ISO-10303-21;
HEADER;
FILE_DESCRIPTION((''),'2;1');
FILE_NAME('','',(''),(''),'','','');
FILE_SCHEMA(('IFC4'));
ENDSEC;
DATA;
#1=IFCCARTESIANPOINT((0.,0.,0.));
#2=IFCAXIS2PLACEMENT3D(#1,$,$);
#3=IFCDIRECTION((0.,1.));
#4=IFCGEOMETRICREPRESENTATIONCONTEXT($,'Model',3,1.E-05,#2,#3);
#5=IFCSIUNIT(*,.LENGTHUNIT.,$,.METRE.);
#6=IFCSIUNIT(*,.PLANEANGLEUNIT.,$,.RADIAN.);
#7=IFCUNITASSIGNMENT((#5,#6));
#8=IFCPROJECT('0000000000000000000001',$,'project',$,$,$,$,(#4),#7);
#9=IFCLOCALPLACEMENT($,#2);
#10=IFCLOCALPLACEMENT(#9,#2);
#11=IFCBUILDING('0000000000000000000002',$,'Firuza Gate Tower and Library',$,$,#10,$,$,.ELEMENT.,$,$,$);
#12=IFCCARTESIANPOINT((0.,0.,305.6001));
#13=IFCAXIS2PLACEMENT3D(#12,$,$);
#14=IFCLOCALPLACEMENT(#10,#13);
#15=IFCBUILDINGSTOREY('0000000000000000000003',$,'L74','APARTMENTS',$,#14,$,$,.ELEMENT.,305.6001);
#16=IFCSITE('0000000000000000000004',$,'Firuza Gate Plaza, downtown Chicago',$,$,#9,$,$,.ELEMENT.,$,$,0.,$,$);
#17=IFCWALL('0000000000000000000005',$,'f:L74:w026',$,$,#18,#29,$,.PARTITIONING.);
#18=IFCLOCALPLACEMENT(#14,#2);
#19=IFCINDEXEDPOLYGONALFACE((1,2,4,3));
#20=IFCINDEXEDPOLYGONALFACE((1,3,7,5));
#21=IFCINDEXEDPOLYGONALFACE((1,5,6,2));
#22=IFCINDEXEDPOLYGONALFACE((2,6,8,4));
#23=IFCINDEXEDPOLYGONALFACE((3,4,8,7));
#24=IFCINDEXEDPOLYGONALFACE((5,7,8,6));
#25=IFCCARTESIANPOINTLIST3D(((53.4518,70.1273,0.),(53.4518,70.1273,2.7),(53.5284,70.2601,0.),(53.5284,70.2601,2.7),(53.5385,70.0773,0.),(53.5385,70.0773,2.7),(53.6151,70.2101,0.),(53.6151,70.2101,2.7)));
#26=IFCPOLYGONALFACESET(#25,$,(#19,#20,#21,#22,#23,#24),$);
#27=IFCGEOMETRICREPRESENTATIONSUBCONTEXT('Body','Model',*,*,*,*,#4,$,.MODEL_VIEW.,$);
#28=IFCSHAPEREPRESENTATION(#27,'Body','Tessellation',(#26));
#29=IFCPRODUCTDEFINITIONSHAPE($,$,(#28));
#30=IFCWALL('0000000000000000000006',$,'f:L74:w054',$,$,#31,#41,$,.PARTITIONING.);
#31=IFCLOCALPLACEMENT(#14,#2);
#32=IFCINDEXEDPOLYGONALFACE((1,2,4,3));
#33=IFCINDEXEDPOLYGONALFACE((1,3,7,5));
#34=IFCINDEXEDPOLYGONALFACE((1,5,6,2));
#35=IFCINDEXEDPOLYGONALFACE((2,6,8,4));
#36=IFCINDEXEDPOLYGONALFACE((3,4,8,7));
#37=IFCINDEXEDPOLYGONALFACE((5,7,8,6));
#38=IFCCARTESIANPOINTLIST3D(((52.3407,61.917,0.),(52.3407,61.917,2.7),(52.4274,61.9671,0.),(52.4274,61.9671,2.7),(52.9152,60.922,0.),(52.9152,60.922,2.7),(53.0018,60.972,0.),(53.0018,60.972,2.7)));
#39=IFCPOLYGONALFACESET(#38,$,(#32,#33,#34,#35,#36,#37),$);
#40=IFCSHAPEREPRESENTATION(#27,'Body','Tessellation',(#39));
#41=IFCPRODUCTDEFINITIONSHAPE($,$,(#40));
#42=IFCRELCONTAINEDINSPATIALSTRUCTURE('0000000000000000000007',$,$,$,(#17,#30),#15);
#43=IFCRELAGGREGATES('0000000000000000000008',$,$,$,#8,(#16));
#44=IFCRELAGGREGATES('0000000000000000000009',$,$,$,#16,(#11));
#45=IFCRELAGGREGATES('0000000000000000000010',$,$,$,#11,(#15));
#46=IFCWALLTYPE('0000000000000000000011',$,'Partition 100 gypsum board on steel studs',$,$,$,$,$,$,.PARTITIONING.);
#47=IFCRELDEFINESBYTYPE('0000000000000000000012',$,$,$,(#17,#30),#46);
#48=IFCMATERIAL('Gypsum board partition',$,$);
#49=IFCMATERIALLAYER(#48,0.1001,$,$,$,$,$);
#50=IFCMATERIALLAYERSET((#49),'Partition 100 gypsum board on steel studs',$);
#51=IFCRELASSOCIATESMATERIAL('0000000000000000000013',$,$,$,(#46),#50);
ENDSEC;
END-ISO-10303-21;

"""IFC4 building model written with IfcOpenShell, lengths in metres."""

from ifc_helpers import new_model, si_unit, direction, frame, frame_2d, origin, place, context, subcontext, project, spatial, rectangle, extrude, material, layer, layer_set, type_object, element, save


model = new_model("IFC4")

# Units and contexts
model_context = context("Model", 3, precision=1e-05, world=origin(), true_north=direction((0.0, 1.0)))
body_context = subcontext(model_context, "Body", "Model", "MODEL_VIEW")
ifc_project = project(units=[si_unit("LENGTHUNIT", "METRE"), si_unit("PLANEANGLEUNIT", "RADIAN")], contexts=[model_context])

# Site, building, storey
site_placement = place(None, origin())
site = spatial("IfcSite", under=ifc_project, at=site_placement, Name="Firuza Gate Plaza, downtown Chicago", CompositionType="ELEMENT", RefElevation=0.0)
building_placement = place(site_placement, origin())
building = spatial("IfcBuilding", under=site, at=building_placement, Name="Firuza Gate Tower and Library", CompositionType="ELEMENT")
storey_placement = place(building_placement, frame((0.0, 0.0, 305.6001)))
storey = spatial("IfcBuildingStorey", under=building, at=storey_placement, Name="L74", Description="APARTMENTS", CompositionType="ELEMENT", Elevation=305.6001)

# Walls
ifc_material_1 = material(Name="Gypsum board partition")
ifc_layer_1 = layer(ifc_material_1, 0.1001)
ifc_layer_set_1 = layer_set([ifc_layer_1], Name="Partition 100 gypsum board on steel studs")
wall_type = type_object("IfcWallType", Name="Partition 100 gypsum board on steel studs", PredefinedType="PARTITIONING", material=ifc_layer_set_1)
wall_1_placement = place(storey_placement, frame((53.4951, 70.1023, 0.0), z_axis=(0.0, 0.0, 1.0), x_axis=(0.499906, 0.86608, 0.0)))
element("IfcWall", 1, at=wall_1_placement, inside=storey, type_object=wall_type, Name="f:L74:w026", PredefinedType="PARTITIONING", context=body_context, shape_type="SweptSolid", body=[
    extrude(rectangle(XDim=0.1533, YDim=0.1001, at=frame_2d((0.0767, 0.0))), origin(), (0.0, 0.0, 1.0), 2.7),
])
wall_2_placement = place(storey_placement, frame((52.9585, 60.947, 0.0), z_axis=(0.0, 0.0, 1.0), x_axis=(-0.499955, 0.866051, 0.0)))
element("IfcWall", 2, at=wall_2_placement, inside=storey, type_object=wall_type, Name="f:L74:w054", PredefinedType="PARTITIONING", context=body_context, shape_type="SweptSolid", body=[
    extrude(rectangle(XDim=1.1489, YDim=0.1001, at=frame_2d((0.5745, 0.0))), origin(), (0.0, 0.0, 1.0), 2.7),
])

save(model, "model.ifc")
